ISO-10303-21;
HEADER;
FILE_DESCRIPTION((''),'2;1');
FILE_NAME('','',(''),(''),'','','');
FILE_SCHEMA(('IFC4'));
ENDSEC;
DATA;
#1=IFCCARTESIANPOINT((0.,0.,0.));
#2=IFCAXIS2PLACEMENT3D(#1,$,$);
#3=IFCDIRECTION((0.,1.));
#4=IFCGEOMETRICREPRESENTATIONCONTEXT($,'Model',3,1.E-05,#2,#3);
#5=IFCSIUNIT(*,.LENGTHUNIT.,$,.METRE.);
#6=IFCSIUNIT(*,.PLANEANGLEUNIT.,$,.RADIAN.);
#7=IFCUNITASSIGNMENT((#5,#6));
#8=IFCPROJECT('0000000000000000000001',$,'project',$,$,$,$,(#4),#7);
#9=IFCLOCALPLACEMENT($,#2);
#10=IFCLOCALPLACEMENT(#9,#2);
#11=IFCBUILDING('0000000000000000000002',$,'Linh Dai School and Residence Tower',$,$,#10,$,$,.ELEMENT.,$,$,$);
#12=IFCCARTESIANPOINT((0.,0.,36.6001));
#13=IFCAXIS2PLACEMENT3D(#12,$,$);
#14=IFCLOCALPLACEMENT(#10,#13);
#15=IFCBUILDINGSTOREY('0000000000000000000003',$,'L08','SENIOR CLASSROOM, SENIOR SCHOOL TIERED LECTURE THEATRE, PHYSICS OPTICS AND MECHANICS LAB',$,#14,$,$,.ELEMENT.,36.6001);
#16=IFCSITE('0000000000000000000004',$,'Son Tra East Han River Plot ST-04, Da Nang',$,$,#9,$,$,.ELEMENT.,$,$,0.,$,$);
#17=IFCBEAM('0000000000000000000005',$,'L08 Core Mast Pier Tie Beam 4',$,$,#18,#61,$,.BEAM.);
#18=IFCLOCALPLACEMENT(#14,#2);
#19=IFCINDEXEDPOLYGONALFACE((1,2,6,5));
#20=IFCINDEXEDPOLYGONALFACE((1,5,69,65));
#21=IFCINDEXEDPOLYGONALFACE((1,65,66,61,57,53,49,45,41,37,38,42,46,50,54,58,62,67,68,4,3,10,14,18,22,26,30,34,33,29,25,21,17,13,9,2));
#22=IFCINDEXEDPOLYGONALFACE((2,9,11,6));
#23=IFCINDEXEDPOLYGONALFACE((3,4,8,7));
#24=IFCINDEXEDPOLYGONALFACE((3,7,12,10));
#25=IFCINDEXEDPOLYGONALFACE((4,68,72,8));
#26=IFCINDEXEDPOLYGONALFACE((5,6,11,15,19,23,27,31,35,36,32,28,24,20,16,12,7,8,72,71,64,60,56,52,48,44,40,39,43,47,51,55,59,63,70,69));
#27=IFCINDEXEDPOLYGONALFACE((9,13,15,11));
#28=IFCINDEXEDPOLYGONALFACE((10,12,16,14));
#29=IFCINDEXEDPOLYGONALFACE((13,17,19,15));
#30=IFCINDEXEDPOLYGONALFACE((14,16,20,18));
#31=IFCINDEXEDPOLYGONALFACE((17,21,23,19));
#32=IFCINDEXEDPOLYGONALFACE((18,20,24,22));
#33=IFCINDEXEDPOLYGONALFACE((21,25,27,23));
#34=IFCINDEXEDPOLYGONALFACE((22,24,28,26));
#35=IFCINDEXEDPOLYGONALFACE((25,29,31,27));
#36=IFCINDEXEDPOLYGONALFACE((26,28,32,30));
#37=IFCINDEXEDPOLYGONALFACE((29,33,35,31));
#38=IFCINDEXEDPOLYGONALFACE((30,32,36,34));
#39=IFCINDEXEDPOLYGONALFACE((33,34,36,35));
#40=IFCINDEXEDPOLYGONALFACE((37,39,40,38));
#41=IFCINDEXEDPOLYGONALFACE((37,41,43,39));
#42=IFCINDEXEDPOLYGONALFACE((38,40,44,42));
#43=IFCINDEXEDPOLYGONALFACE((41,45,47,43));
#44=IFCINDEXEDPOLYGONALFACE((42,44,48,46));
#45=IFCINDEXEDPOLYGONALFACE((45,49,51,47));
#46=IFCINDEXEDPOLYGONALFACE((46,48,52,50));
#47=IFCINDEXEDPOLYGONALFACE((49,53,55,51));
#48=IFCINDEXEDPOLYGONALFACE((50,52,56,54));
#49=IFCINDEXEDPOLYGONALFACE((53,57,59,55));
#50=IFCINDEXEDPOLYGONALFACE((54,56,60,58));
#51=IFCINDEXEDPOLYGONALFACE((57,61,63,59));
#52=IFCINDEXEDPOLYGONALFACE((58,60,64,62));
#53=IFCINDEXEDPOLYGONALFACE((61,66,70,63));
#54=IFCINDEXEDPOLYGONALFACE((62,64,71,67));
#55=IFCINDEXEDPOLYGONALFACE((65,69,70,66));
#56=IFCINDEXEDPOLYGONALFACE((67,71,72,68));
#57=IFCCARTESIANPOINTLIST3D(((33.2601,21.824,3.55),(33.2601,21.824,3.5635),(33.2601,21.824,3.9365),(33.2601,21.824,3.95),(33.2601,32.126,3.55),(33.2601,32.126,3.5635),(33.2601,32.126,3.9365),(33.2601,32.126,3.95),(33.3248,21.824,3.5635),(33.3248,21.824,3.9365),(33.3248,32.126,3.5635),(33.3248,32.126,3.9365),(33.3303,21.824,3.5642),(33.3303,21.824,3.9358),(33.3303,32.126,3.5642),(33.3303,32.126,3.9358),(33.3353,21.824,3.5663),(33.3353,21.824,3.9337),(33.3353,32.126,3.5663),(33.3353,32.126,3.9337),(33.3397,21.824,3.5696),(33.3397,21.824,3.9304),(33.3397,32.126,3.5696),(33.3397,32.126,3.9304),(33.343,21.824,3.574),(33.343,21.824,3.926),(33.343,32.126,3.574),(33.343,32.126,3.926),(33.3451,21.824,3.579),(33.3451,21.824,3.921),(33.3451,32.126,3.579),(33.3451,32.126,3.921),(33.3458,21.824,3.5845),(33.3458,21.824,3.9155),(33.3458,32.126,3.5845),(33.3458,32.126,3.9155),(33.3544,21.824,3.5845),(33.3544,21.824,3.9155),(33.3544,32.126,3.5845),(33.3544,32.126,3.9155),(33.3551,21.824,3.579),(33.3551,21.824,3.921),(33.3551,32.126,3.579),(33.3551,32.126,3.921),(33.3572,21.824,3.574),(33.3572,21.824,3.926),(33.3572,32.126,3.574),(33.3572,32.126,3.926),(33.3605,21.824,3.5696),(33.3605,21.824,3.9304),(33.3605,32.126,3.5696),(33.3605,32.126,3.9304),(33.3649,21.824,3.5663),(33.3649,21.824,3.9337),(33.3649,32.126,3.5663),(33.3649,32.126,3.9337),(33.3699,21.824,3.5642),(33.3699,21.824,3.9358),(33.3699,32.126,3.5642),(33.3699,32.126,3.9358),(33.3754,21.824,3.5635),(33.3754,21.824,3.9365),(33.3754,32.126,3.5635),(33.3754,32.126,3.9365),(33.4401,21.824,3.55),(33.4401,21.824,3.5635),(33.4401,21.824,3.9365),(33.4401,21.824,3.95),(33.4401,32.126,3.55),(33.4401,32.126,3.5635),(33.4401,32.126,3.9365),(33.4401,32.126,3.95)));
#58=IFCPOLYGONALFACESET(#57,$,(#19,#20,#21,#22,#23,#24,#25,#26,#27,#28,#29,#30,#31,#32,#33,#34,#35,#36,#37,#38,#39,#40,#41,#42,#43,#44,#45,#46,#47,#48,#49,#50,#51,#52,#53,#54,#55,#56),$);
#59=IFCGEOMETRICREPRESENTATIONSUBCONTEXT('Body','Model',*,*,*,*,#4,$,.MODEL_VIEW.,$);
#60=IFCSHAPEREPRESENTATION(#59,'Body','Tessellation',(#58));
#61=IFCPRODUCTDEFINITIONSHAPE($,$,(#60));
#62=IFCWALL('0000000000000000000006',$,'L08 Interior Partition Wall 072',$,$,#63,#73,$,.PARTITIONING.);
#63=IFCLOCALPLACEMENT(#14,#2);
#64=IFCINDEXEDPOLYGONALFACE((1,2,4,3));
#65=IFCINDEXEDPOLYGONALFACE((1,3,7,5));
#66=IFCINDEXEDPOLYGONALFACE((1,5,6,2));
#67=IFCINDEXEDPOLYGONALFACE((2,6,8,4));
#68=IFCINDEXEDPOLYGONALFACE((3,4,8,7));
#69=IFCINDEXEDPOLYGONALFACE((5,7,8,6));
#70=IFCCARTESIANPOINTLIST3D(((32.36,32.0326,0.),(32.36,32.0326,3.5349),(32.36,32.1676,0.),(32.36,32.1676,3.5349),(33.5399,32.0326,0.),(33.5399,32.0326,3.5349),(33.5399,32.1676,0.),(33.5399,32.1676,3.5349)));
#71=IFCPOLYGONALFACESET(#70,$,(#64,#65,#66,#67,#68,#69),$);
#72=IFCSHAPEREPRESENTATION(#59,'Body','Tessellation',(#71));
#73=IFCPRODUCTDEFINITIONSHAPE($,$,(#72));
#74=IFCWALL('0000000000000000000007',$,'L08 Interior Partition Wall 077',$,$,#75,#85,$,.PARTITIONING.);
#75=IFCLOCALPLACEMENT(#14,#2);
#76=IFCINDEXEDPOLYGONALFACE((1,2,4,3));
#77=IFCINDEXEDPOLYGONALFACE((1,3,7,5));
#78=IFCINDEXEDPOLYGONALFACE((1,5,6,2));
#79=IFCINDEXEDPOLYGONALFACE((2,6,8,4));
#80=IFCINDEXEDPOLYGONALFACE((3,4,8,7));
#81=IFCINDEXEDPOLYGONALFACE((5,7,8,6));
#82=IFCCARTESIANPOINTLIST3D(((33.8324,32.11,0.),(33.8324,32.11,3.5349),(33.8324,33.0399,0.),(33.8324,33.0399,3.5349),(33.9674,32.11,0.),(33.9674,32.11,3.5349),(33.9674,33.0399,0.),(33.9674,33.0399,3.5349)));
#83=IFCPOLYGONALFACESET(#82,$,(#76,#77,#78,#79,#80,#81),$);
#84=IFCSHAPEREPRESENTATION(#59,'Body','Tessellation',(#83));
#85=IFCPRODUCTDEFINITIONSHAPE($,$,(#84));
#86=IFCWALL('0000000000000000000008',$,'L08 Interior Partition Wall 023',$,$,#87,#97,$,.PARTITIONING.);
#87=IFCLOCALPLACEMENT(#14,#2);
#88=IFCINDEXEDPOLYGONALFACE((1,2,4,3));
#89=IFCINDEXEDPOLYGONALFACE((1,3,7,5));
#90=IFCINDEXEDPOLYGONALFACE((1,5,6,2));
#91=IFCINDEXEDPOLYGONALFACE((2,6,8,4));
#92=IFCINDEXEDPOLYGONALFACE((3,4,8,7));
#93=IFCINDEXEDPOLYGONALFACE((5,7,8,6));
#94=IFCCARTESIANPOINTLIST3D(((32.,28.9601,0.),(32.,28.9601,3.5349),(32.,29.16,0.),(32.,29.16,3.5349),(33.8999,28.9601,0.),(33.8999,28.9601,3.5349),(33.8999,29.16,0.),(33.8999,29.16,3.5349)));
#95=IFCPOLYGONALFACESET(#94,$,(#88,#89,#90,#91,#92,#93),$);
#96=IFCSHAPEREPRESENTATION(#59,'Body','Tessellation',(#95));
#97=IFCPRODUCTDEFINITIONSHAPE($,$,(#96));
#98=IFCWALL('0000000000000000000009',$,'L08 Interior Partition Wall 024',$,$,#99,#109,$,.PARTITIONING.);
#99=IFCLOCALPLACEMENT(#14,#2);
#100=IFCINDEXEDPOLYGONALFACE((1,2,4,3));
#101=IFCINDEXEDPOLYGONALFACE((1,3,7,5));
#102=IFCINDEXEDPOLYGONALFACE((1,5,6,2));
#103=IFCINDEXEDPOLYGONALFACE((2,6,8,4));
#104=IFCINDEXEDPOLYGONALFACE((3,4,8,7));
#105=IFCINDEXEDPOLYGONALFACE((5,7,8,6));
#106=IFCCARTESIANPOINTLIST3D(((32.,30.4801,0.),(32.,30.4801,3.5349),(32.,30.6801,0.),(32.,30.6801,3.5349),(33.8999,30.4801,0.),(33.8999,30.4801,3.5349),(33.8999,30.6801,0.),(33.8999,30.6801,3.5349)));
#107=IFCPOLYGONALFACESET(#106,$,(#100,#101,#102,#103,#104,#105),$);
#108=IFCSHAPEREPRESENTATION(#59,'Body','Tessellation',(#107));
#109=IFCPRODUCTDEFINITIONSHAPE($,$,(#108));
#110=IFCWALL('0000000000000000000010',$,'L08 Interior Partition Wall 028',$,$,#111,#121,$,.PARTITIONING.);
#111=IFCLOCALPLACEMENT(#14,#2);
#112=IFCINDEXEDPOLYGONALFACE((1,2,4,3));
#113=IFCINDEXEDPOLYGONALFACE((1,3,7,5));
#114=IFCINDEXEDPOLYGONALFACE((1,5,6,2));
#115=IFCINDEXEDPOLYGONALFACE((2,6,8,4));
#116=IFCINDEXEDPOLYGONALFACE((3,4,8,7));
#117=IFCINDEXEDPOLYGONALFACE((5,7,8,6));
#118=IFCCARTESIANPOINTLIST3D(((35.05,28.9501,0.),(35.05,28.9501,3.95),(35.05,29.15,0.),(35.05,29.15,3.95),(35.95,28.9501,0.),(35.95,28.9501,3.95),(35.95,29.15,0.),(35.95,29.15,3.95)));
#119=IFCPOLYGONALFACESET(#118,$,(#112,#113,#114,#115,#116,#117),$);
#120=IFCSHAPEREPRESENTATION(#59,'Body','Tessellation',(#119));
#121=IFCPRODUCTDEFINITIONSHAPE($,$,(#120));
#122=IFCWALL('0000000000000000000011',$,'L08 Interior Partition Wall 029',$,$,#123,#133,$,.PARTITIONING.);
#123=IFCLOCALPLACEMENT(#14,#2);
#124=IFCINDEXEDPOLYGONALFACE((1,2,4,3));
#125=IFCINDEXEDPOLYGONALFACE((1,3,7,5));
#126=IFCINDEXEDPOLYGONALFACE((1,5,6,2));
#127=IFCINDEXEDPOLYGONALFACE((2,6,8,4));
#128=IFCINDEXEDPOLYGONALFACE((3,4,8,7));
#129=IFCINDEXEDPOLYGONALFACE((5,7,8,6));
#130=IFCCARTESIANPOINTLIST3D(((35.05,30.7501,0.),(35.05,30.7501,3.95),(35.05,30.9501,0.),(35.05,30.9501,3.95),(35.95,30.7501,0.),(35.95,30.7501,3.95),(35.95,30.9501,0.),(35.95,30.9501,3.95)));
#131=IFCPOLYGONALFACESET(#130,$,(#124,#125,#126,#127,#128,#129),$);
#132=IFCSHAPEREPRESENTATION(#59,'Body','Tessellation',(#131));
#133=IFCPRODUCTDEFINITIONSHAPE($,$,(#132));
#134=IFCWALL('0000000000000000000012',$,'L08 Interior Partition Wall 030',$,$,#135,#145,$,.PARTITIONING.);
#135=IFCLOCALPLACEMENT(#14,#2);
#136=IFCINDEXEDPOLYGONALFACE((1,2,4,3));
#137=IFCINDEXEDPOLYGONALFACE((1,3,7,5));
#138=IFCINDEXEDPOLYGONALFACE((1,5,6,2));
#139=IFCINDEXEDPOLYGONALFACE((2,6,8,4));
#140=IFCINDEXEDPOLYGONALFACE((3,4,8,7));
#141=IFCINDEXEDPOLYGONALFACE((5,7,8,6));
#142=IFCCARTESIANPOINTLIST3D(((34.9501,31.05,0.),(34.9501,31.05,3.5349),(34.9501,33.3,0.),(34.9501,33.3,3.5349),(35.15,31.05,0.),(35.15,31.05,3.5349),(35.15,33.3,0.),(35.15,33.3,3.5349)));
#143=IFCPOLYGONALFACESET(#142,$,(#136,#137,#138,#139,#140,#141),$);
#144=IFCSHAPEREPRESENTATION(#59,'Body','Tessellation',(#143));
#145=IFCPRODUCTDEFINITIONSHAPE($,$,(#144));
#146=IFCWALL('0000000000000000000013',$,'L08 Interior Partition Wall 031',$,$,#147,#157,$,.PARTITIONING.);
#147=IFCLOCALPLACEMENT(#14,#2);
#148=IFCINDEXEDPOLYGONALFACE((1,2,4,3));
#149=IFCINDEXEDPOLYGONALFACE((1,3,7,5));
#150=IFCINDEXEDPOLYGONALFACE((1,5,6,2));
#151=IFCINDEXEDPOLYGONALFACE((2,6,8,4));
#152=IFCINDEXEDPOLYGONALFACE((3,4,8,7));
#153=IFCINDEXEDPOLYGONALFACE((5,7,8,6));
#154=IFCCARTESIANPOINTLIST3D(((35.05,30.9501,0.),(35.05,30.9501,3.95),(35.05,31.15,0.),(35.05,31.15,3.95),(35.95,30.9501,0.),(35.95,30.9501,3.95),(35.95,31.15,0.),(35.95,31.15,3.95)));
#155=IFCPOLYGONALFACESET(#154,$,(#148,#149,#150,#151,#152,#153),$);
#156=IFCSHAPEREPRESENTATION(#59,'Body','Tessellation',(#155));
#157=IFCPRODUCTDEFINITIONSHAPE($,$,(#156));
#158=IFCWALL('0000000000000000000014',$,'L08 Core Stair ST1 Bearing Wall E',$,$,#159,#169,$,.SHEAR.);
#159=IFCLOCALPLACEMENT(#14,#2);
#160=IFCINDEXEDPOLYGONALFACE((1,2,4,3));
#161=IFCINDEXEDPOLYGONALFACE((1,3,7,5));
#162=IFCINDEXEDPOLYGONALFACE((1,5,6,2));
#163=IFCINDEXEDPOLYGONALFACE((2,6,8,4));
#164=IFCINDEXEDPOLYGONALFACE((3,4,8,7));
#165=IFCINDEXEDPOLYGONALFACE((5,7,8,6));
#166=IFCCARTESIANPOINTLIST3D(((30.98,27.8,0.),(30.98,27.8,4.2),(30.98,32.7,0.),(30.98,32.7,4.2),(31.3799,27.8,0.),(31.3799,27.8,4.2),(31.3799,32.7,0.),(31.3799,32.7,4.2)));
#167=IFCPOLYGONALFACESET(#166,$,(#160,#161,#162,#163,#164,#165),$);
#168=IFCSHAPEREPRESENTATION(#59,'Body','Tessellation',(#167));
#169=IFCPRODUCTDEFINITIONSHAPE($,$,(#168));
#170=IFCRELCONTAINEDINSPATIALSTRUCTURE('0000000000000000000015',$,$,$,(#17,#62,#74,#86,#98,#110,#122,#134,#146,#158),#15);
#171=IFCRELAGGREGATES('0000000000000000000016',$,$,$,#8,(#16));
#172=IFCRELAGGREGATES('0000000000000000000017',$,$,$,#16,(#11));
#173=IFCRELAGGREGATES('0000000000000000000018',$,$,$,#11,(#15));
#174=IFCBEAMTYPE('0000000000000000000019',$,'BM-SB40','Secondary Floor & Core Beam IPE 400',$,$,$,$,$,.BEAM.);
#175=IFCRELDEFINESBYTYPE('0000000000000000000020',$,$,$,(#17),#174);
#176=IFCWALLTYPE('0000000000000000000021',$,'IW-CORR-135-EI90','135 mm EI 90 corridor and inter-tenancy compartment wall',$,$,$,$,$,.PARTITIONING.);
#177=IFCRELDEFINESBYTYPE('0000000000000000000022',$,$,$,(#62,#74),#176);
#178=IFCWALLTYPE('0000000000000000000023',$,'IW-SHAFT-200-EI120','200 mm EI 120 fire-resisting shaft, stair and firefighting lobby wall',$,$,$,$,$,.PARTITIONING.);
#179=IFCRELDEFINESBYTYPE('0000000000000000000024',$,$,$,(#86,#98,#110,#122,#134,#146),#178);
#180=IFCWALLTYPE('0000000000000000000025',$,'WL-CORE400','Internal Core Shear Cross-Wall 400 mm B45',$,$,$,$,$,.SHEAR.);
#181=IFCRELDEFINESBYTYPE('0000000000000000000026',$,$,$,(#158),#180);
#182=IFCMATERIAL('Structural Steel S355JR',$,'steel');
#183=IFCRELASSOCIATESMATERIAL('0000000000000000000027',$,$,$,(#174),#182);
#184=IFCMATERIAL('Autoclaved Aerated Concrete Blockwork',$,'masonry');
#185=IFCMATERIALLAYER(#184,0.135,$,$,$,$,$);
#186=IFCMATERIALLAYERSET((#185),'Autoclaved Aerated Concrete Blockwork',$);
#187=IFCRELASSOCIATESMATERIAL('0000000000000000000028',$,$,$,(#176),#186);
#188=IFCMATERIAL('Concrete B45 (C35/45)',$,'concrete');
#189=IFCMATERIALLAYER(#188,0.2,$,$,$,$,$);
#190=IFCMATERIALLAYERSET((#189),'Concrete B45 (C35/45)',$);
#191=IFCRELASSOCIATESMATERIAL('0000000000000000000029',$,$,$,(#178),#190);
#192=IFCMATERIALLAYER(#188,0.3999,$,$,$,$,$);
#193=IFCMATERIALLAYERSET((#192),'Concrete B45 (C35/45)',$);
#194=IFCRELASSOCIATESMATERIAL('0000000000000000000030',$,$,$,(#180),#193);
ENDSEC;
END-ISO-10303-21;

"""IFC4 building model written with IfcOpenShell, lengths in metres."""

from ifc_helpers import new_model, si_unit, direction, frame, frame_2d, origin, origin_2d, place, context, subcontext, project, spatial, rectangle, i_section, extrude, material, layer, layer_set, material_profile, profile_set, type_object, element, save


model = new_model("IFC4")

# Units and contexts
model_context = context("Model", 3, precision=1e-05, world=origin(), true_north=direction((0.0, 1.0)))
body_context = subcontext(model_context, "Body", "Model", "MODEL_VIEW")
ifc_project = project(units=[si_unit("LENGTHUNIT", "METRE"), si_unit("PLANEANGLEUNIT", "RADIAN")], contexts=[model_context])

# Site, building, storey
site_placement = place(None, origin())
site = spatial("IfcSite", under=ifc_project, at=site_placement, Name="Son Tra East Han River Plot ST-04, Da Nang", CompositionType="ELEMENT", RefElevation=0.0)
building_placement = place(site_placement, origin())
building = spatial("IfcBuilding", under=site, at=building_placement, Name="Linh Dai School and Residence Tower", CompositionType="ELEMENT")
storey_placement = place(building_placement, frame((0.0, 0.0, 36.6001)))
storey = spatial("IfcBuildingStorey", under=building, at=storey_placement, Name="L08", Description="SENIOR CLASSROOM, SENIOR SCHOOL TIERED LECTURE THEATRE, PHYSICS OPTICS AND MECHANICS LAB", CompositionType="ELEMENT", Elevation=36.6001)

# Shared definitions
ifc_material_1 = material(Name="Structural Steel S355JR", Category="steel")

# Beam
ifc_material_profile_1 = material_profile(ifc_material_1, i_section(OverallWidth=0.1799, OverallDepth=0.3999, WebThickness=0.0085, FlangeThickness=0.0134, FilletRadius=0.021, at=origin_2d()), Name="IPE 400")
ifc_profile_set_1 = profile_set([ifc_material_profile_1], Name="Structural Steel S355JR")
beam_type_1 = type_object("IfcBeamType", Name="BM-SB40", Description="Secondary Floor & Core Beam IPE 400", PredefinedType="BEAM", material=ifc_profile_set_1)
beam_1_placement = place(storey_placement, frame((33.3501, 32.126, 3.75), z_axis=(0.0, -1.0, 0.0), x_axis=(1.0, 0.0, 0.0)))
element("IfcBeam", 1, at=beam_1_placement, inside=storey, type_object=beam_type_1, Name="L08 Core Mast Pier Tie Beam 4", PredefinedType="BEAM", context=body_context, shape_type="SweptSolid", body=[
    extrude(i_section(OverallWidth=0.1799, OverallDepth=0.3999, WebThickness=0.0085, FlangeThickness=0.0134, FilletRadius=0.021, at=origin_2d()), origin(), (0.0, 0.0, 1.0), 10.302),
])

# Walls
ifc_material_2 = material(Name="Autoclaved Aerated Concrete Blockwork", Category="masonry")
ifc_layer_1 = layer(ifc_material_2, 0.135)
ifc_layer_set_1 = layer_set([ifc_layer_1], Name="Autoclaved Aerated Concrete Blockwork")
wall_type_1 = type_object("IfcWallType", Name="IW-CORR-135-EI90", Description="135 mm EI 90 corridor and inter-tenancy compartment wall", PredefinedType="PARTITIONING", material=ifc_layer_set_1)
wall_1_placement = place(storey_placement, frame((32.3601, 32.1001, 0.0), z_axis=(0.0, 0.0, 1.0), x_axis=(1.0, 0.0, 0.0)))
element("IfcWall", 2, at=wall_1_placement, inside=storey, type_object=wall_type_1, Name="L08 Interior Partition Wall 072", PredefinedType="PARTITIONING", context=body_context, shape_type="SweptSolid", body=[
    extrude(rectangle(XDim=1.1799, YDim=0.135, at=frame_2d((0.5898, 0.0))), origin(), (0.0, 0.0, 1.0), 3.5349),
])
wall_2_placement = place(storey_placement, frame((33.8999, 32.1101, 0.0), z_axis=(0.0, 0.0, 1.0), x_axis=(0.0, 1.0, 0.0)))
element("IfcWall", 3, at=wall_2_placement, inside=storey, type_object=wall_type_1, Name="L08 Interior Partition Wall 077", PredefinedType="PARTITIONING", context=body_context, shape_type="SweptSolid", body=[
    extrude(rectangle(XDim=0.9299, YDim=0.135, at=frame_2d((0.4648, 0.0))), origin(), (0.0, 0.0, 1.0), 3.5349),
])

# Shared definitions
ifc_material_3 = material(Name="Concrete B45 (C35/45)", Category="concrete")
ifc_layer_2 = layer(ifc_material_3, 0.2)
ifc_layer_set_2 = layer_set([ifc_layer_2], Name="Concrete B45 (C35/45)")
wall_type_2 = type_object("IfcWallType", Name="IW-SHAFT-200-EI120", Description="200 mm EI 120 fire-resisting shaft, stair and firefighting lobby wall", PredefinedType="PARTITIONING", material=ifc_layer_set_2)

# Walls
for number, where, z_axis, x_axis, name in (
    (4, (32.0, 29.0601, 0.0), (0.0, 0.0, 1.0), (1.0, 0.0, 0.0), "L08 Interior Partition Wall 023"),
    (5, (32.0, 30.5801, 0.0), (0.0, 0.0, 1.0), (1.0, 0.0, 0.0), "L08 Interior Partition Wall 024"),
):
    element("IfcWall", number, at=place(storey_placement, frame(where, z_axis=z_axis, x_axis=x_axis)), inside=storey, type_object=wall_type_2, Name=name, PredefinedType="PARTITIONING", context=body_context, shape_type="SweptSolid", body=[
        extrude(rectangle(XDim=1.8999, YDim=0.2, at=frame_2d((0.95, 0.0))), origin(), (0.0, 0.0, 1.0), 3.5349),
    ])
for number, where, z_axis, x_axis, name in (
    (6, (35.05, 29.05, 0.0), (0.0, 0.0, 1.0), (1.0, 0.0, 0.0), "L08 Interior Partition Wall 028"),
    (7, (35.05, 30.8501, 0.0), (0.0, 0.0, 1.0), (1.0, 0.0, 0.0), "L08 Interior Partition Wall 029"),
):
    element("IfcWall", number, at=place(storey_placement, frame(where, z_axis=z_axis, x_axis=x_axis)), inside=storey, type_object=wall_type_2, Name=name, PredefinedType="PARTITIONING", context=body_context, shape_type="SweptSolid", body=[
        extrude(rectangle(XDim=0.8999, YDim=0.2, at=frame_2d((0.45, 0.0))), origin(), (0.0, 0.0, 1.0), 3.95),
    ])
wall_3_placement = place(storey_placement, frame((35.05, 31.05, 0.0), z_axis=(0.0, 0.0, 1.0), x_axis=(0.0, 1.0, 0.0)))
element("IfcWall", 8, at=wall_3_placement, inside=storey, type_object=wall_type_2, Name="L08 Interior Partition Wall 030", PredefinedType="PARTITIONING", context=body_context, shape_type="SweptSolid", body=[
    extrude(rectangle(XDim=2.25, YDim=0.2, at=frame_2d((1.125, 0.0))), origin(), (0.0, 0.0, 1.0), 3.5349),
])
wall_4_placement = place(storey_placement, frame((35.05, 31.05, 0.0), z_axis=(0.0, 0.0, 1.0), x_axis=(1.0, 0.0, 0.0)))
element("IfcWall", 9, at=wall_4_placement, inside=storey, type_object=wall_type_2, Name="L08 Interior Partition Wall 031", PredefinedType="PARTITIONING", context=body_context, shape_type="SweptSolid", body=[
    extrude(rectangle(XDim=0.8999, YDim=0.2, at=frame_2d((0.45, 0.0))), origin(), (0.0, 0.0, 1.0), 3.95),
])

# Wall
ifc_layer_3 = layer(ifc_material_3, 0.3999)
ifc_layer_set_3 = layer_set([ifc_layer_3], Name="Concrete B45 (C35/45)")
wall_type_3 = type_object("IfcWallType", Name="WL-CORE400", Description="Internal Core Shear Cross-Wall 400 mm B45", PredefinedType="SHEAR", material=ifc_layer_set_3)
wall_5_placement = place(storey_placement, frame((31.1799, 27.8, 0.0), z_axis=(0.0, 0.0, 1.0), x_axis=(0.0, 1.0, 0.0)))
element("IfcWall", 10, at=wall_5_placement, inside=storey, type_object=wall_type_3, Name="L08 Core Stair ST1 Bearing Wall E", PredefinedType="SHEAR", context=body_context, shape_type="SweptSolid", body=[
    extrude(rectangle(XDim=4.8999, YDim=0.3999, at=frame_2d((2.45, 0.0))), origin(), (0.0, 0.0, 1.0), 4.2),
])

save(model, "model.ifc")
